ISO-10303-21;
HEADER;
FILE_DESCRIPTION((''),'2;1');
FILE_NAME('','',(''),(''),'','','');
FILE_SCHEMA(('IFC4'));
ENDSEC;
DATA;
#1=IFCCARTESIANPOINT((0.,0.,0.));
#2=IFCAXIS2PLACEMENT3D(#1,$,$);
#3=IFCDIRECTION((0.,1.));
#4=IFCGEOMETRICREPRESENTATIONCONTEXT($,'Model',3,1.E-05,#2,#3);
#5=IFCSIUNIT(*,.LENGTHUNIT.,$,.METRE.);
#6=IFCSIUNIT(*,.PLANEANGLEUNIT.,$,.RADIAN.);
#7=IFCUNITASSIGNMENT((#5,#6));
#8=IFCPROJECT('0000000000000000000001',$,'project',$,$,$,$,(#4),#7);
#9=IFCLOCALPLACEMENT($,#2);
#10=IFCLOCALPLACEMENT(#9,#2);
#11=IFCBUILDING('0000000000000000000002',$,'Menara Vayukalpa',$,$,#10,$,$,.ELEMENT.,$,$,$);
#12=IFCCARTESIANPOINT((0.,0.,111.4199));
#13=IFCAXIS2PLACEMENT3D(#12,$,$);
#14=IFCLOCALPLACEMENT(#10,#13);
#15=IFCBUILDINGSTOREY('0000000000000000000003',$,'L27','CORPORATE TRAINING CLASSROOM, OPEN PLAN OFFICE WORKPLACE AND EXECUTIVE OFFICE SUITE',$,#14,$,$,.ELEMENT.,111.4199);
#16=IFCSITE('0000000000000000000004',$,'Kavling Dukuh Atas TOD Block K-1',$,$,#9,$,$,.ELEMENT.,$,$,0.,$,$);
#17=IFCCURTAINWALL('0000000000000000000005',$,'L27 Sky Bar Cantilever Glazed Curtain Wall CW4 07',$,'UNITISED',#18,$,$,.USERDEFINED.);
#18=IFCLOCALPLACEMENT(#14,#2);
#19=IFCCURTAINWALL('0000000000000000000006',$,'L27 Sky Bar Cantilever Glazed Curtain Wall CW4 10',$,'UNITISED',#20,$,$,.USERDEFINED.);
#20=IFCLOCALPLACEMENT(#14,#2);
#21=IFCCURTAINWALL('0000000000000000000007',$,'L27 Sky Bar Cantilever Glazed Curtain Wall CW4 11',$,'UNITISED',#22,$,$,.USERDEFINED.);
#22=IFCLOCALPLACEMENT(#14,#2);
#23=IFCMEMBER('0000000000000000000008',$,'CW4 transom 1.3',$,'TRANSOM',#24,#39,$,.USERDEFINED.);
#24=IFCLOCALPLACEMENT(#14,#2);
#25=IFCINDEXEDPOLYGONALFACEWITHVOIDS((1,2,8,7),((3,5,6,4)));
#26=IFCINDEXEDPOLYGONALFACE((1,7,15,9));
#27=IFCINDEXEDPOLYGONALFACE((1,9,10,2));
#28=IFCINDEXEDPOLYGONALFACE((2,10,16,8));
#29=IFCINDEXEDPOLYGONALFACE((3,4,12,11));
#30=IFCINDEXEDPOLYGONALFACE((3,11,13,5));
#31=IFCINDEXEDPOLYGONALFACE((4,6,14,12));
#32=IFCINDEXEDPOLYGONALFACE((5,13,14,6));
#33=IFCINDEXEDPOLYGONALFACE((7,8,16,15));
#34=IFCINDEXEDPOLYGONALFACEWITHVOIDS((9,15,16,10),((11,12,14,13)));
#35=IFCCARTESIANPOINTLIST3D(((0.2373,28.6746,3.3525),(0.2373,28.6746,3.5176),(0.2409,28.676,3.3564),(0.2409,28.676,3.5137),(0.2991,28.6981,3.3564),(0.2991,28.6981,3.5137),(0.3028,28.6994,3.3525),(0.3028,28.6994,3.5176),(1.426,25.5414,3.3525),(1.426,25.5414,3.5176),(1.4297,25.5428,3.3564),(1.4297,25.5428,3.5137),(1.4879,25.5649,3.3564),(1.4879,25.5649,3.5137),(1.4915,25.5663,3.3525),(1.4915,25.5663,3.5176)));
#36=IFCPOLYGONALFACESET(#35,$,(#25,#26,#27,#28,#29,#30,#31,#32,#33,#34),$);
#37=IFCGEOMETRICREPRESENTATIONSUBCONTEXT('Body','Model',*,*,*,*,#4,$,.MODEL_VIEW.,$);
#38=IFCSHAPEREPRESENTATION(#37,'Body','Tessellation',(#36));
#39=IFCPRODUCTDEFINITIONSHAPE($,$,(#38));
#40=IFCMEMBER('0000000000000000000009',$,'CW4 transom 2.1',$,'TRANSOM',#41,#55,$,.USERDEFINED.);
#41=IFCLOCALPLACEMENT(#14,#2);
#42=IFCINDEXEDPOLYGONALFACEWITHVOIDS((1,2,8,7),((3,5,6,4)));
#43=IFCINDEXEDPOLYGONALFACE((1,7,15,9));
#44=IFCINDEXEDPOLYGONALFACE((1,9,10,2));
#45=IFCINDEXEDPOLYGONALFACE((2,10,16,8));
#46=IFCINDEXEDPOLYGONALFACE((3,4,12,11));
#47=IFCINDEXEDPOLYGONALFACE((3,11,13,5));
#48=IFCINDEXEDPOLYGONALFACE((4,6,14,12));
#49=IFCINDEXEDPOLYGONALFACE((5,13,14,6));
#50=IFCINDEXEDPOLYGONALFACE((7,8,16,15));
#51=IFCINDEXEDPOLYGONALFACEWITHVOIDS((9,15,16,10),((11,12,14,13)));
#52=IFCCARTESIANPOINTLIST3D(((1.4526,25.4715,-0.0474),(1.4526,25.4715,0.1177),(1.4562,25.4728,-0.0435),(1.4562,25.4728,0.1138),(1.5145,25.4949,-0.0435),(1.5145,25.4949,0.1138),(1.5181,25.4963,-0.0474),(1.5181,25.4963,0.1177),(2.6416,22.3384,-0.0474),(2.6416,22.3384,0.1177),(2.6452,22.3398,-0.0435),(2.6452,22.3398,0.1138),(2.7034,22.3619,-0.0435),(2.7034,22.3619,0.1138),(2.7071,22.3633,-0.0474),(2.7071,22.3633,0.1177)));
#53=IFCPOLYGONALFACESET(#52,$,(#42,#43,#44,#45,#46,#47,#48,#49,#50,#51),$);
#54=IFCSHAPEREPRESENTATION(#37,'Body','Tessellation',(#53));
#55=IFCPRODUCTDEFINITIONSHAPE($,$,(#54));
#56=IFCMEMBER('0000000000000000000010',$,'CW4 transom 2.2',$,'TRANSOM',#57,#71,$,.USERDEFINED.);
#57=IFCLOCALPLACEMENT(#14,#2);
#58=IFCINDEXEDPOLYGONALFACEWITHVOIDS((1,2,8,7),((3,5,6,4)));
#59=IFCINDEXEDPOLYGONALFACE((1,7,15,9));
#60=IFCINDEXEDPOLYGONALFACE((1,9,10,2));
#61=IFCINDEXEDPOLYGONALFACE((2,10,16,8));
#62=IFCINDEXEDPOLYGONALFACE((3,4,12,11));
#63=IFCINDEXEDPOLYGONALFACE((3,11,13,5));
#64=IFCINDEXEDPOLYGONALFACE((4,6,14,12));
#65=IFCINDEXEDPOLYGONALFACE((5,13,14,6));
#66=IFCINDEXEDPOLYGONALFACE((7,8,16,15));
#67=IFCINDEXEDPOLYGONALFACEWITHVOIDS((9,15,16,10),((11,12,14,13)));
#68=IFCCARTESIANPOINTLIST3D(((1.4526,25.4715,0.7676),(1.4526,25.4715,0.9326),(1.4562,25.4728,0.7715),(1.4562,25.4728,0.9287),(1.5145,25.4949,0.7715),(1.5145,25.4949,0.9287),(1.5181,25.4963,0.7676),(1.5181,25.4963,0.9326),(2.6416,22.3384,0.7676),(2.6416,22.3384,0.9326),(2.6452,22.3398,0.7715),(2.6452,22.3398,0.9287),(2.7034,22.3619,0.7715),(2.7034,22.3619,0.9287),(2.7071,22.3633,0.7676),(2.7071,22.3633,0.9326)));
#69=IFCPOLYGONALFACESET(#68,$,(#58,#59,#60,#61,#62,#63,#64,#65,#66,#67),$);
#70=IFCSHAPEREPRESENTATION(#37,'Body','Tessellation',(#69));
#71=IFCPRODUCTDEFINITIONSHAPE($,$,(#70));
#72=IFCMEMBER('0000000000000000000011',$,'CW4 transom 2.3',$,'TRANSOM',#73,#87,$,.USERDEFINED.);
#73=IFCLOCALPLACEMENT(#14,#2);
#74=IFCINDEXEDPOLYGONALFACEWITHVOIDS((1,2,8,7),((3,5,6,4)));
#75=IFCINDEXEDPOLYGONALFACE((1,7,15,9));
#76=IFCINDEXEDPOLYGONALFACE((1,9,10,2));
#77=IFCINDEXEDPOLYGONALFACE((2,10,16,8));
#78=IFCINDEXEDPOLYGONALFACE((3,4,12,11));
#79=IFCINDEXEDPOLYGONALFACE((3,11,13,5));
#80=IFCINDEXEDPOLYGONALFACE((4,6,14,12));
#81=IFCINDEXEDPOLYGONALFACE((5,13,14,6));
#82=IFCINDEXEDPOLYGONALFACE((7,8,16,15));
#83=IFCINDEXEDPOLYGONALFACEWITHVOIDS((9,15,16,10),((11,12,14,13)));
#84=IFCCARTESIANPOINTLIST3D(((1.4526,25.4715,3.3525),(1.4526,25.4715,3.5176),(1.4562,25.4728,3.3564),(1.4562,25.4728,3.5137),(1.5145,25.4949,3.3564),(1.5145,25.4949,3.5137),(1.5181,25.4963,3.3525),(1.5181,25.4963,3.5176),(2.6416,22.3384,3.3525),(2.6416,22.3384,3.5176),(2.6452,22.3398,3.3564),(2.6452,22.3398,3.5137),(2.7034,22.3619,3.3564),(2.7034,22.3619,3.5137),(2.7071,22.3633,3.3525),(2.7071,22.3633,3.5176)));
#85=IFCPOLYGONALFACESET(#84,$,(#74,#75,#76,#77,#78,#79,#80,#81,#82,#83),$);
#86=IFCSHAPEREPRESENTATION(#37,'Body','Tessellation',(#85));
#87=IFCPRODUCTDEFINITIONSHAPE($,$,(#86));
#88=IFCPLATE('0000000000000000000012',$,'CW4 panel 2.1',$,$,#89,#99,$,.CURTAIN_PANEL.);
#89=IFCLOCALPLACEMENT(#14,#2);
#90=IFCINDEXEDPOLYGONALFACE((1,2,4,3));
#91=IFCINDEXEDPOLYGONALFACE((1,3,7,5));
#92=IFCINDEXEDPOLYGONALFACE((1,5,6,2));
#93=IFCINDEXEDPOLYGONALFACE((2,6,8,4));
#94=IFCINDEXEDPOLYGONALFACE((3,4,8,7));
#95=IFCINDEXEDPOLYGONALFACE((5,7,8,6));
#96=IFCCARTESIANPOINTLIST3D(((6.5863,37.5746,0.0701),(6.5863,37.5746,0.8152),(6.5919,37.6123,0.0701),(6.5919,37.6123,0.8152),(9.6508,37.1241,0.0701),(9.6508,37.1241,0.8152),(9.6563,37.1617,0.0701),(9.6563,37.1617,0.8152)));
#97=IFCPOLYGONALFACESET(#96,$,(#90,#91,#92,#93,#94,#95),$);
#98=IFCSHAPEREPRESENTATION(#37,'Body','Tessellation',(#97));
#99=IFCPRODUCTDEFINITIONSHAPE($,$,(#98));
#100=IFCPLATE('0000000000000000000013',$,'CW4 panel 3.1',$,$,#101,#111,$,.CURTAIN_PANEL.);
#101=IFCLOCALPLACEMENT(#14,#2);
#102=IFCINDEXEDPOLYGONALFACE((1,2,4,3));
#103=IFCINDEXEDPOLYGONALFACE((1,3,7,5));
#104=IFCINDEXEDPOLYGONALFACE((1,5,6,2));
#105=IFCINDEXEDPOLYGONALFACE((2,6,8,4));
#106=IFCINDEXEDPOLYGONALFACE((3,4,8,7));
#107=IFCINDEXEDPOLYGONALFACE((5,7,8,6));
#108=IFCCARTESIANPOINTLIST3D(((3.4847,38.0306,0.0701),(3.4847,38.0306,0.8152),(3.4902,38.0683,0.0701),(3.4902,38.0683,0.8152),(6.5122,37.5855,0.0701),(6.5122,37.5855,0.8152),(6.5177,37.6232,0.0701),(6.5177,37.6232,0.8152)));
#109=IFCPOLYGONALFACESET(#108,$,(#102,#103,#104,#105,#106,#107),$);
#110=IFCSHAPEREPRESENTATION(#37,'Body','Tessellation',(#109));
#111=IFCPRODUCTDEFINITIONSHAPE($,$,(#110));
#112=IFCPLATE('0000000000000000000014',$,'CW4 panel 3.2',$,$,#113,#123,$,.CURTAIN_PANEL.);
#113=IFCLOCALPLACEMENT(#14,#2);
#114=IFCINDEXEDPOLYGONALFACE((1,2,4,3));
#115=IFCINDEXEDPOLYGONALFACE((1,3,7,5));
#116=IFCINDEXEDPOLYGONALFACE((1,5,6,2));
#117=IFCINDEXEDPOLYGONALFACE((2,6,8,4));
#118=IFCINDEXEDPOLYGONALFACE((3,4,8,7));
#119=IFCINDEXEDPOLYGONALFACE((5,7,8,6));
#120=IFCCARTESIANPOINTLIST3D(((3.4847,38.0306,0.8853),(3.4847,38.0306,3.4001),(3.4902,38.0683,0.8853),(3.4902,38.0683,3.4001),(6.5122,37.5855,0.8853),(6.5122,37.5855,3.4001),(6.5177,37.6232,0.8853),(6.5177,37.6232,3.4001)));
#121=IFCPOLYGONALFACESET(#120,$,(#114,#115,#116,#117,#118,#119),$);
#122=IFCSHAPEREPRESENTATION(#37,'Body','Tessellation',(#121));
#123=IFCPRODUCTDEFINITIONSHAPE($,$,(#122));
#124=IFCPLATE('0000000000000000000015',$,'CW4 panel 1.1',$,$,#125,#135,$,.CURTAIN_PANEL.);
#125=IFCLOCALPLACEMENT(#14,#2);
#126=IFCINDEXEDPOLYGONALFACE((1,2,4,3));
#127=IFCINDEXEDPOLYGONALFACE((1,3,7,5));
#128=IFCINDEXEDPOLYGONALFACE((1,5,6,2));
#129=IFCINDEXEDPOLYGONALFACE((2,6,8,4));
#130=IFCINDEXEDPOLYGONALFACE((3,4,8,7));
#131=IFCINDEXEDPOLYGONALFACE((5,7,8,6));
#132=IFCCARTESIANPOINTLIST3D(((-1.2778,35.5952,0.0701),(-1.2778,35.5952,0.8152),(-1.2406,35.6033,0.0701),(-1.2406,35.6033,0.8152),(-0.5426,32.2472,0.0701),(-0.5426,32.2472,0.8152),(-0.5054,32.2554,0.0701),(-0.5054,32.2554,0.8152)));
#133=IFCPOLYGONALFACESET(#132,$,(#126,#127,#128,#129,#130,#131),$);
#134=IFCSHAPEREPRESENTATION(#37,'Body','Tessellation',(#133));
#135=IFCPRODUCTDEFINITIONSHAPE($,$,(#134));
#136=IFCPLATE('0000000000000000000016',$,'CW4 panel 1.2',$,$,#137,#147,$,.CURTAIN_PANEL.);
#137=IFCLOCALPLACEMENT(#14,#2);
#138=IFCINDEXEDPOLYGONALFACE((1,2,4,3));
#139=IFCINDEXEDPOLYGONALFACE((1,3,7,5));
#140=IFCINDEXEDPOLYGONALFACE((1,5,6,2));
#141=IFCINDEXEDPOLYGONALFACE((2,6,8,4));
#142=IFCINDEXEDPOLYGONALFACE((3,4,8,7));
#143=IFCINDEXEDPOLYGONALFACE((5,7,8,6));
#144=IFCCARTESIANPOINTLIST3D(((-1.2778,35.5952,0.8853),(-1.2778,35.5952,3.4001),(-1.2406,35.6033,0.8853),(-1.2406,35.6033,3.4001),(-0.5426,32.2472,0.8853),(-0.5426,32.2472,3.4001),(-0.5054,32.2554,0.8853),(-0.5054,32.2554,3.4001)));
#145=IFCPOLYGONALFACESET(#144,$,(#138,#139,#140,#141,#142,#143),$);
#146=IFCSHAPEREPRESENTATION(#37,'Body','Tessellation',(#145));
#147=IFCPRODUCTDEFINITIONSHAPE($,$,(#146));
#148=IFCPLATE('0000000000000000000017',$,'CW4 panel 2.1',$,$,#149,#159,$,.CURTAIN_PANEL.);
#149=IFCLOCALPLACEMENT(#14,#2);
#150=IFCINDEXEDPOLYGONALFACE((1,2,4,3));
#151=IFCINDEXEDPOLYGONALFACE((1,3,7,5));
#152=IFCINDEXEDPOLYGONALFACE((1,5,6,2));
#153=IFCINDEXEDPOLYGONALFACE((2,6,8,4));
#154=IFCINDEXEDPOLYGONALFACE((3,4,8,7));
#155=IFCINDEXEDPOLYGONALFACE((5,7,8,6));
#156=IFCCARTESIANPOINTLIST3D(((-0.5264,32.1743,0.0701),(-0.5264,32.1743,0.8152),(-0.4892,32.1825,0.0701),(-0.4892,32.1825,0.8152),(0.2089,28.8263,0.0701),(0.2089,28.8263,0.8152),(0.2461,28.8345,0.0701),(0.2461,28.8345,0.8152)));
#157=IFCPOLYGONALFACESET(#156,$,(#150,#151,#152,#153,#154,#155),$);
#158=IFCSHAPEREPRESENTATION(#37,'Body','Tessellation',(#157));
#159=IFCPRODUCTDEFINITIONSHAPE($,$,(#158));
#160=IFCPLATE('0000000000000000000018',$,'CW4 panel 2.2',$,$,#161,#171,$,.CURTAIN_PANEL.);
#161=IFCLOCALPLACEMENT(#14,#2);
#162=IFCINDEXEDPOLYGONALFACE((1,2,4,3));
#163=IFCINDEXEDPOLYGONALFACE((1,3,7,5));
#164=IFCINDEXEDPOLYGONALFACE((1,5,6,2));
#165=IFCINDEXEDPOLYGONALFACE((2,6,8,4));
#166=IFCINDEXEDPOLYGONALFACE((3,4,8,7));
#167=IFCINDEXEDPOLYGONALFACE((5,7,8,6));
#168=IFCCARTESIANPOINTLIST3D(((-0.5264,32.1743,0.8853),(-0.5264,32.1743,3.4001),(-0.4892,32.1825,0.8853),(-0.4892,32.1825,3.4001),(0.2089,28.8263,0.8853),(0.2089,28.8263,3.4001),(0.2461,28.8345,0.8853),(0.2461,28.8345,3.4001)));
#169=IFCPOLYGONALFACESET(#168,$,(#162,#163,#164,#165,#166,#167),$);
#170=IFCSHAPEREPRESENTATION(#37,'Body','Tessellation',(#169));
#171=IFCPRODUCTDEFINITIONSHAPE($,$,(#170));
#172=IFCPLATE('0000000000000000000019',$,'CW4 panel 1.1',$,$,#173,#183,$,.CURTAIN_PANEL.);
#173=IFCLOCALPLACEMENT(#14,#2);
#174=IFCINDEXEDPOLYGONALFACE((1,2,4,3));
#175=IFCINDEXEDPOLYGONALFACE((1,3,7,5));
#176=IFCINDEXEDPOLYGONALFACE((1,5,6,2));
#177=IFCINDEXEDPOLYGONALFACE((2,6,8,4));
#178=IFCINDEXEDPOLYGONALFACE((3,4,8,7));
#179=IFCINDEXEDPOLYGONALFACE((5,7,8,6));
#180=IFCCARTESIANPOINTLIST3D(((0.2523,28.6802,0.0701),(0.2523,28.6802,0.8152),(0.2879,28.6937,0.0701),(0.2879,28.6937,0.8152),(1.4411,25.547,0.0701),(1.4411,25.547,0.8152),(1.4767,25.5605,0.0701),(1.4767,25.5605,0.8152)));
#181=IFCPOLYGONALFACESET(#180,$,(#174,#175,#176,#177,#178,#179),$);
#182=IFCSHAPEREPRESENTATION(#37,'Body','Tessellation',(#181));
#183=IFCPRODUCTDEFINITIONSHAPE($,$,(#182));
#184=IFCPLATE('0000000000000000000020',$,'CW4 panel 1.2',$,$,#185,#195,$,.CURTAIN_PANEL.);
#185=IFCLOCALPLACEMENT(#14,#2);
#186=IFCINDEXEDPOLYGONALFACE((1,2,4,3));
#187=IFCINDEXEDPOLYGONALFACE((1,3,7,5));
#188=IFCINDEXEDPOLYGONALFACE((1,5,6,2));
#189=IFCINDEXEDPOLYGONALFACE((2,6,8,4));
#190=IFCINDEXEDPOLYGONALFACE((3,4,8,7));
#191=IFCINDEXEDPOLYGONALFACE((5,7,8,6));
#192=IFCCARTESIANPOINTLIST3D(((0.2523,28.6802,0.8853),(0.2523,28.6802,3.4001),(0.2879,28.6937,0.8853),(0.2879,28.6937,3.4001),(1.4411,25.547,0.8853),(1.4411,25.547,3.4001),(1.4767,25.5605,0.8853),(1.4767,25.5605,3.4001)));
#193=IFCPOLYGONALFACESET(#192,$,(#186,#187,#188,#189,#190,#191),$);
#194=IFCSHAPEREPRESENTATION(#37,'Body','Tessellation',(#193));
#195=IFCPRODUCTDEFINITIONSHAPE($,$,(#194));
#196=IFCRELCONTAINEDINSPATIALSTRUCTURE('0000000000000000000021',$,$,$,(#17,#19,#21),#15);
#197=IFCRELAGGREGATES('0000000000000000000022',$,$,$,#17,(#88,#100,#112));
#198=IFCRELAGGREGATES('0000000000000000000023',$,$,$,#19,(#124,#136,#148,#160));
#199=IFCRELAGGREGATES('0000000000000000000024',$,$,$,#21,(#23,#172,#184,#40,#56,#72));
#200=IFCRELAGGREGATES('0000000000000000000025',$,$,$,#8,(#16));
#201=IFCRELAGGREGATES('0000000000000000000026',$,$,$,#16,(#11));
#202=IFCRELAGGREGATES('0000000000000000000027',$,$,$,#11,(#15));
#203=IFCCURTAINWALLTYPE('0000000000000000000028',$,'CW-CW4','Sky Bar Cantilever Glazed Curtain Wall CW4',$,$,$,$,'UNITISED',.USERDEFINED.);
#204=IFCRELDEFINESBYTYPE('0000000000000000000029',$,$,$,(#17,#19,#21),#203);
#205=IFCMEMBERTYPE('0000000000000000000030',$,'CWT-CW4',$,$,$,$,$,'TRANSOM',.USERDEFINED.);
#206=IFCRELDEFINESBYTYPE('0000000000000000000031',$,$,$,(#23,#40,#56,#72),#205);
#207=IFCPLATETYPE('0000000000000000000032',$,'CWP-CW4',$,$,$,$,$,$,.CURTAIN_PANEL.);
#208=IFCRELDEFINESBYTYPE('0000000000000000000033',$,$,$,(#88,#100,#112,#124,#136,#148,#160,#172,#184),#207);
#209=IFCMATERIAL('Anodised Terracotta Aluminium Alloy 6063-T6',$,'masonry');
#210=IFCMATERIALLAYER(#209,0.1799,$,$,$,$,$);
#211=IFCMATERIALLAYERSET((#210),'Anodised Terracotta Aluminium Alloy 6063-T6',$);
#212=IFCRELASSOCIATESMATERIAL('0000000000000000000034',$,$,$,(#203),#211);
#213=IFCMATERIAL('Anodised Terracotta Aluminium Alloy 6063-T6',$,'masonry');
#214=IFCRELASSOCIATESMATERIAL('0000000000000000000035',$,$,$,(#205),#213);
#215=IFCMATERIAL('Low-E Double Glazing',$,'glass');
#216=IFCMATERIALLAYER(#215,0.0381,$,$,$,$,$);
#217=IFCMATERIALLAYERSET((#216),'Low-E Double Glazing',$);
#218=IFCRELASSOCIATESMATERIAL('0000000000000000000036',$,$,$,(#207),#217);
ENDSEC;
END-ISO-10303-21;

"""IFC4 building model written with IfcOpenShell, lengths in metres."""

from ifc_helpers import new_model, si_unit, direction, frame, origin, origin_2d, place, context, subcontext, project, spatial, rectangle, hollow_rectangle, extrude, material, layer, layer_set, material_profile, profile_set, type_object, element, aggregate, save


model = new_model("IFC4")

# Units and contexts
model_context = context("Model", 3, precision=1e-05, world=origin(), true_north=direction((0.0, 1.0)))
body_context = subcontext(model_context, "Body", "Model", "MODEL_VIEW")
ifc_project = project(units=[si_unit("LENGTHUNIT", "METRE"), si_unit("PLANEANGLEUNIT", "RADIAN")], contexts=[model_context])

# Site, building, storey
site_placement = place(None, origin())
site = spatial("IfcSite", under=ifc_project, at=site_placement, Name="Kavling Dukuh Atas TOD Block K-1", CompositionType="ELEMENT", RefElevation=0.0)
building_placement = place(site_placement, origin())
building = spatial("IfcBuilding", under=site, at=building_placement, Name="Menara Vayukalpa", CompositionType="ELEMENT")
storey_placement = place(building_placement, frame((0.0, 0.0, 111.4199)))
storey = spatial("IfcBuildingStorey", under=building, at=storey_placement, Name="L27", Description="CORPORATE TRAINING CLASSROOM, OPEN PLAN OFFICE WORKPLACE AND EXECUTIVE OFFICE SUITE", CompositionType="ELEMENT", Elevation=111.4199)

# Curtain walls
ifc_material_1 = material(Name="Anodised Terracotta Aluminium Alloy 6063-T6", Category="masonry")
ifc_layer_1 = layer(ifc_material_1, 0.1799)
ifc_layer_set_1 = layer_set([ifc_layer_1], Name="Anodised Terracotta Aluminium Alloy 6063-T6")
curtain_wall_type = type_object("IfcCurtainWallType", Name="CW-CW4", Description="Sky Bar Cantilever Glazed Curtain Wall CW4", ElementType="UNITISED", PredefinedType="USERDEFINED", material=ifc_layer_set_1)
curtain_wall_1_placement = place(storey_placement, origin())
curtain_wall_1 = element("IfcCurtainWall", 1, at=curtain_wall_1_placement, inside=storey, type_object=curtain_wall_type, Name="L27 Sky Bar Cantilever Glazed Curtain Wall CW4 07", ObjectType="UNITISED", PredefinedType="USERDEFINED")
curtain_wall_2_placement = place(storey_placement, origin())
curtain_wall_2 = element("IfcCurtainWall", 2, at=curtain_wall_2_placement, inside=storey, type_object=curtain_wall_type, Name="L27 Sky Bar Cantilever Glazed Curtain Wall CW4 10", ObjectType="UNITISED", PredefinedType="USERDEFINED")
curtain_wall_3_placement = place(storey_placement, origin())
curtain_wall_3 = element("IfcCurtainWall", 3, at=curtain_wall_3_placement, inside=storey, type_object=curtain_wall_type, Name="L27 Sky Bar Cantilever Glazed Curtain Wall CW4 11", ObjectType="UNITISED", PredefinedType="USERDEFINED")

# Members
ifc_material_2 = material(Name="Anodised Terracotta Aluminium Alloy 6063-T6", Category="masonry")
ifc_material_profile_1 = material_profile(ifc_material_2, hollow_rectangle(XDim=0.0701, YDim=0.165, WallThickness=0.0039, at=origin_2d()), Name="ALU 70x165x4")
ifc_profile_set_1 = profile_set([ifc_material_profile_1], Name="Anodised Terracotta Aluminium Alloy 6063-T6")
member_type_1 = type_object("IfcMemberType", Name="CWT-CW4", ElementType="TRANSOM", PredefinedType="USERDEFINED", material=ifc_profile_set_1)
member_1_placement = place(storey_placement, frame((0.27, 28.687, 3.4351), z_axis=(0.354738, -0.934966, 0.0), x_axis=(0.934966, 0.354738, 0.0)))
member_1 = element("IfcMember", 4, at=member_1_placement, type_object=member_type_1, Name="CW4 transom 1.3", ObjectType="TRANSOM", PredefinedType="USERDEFINED", context=body_context, shape_type="SweptSolid", body=[
    extrude(hollow_rectangle(XDim=0.0701, YDim=0.165, WallThickness=0.0039, at=origin_2d()), origin(), (0.0, 0.0, 1.0), 3.3511),
])
member_2_placement = place(storey_placement, frame((1.4854, 25.4839, 0.0352), z_axis=(0.354801, -0.934942, 0.0), x_axis=(0.934942, 0.354801, 0.0)))
member_2 = element("IfcMember", 5, at=member_2_placement, type_object=member_type_1, Name="CW4 transom 2.1", ObjectType="TRANSOM", PredefinedType="USERDEFINED", context=body_context, shape_type="SweptSolid", body=[
    extrude(hollow_rectangle(XDim=0.0701, YDim=0.165, WallThickness=0.0039, at=origin_2d()), origin(), (0.0, 0.0, 1.0), 3.3511),
])
member_3_placement = place(storey_placement, frame((1.4854, 25.4839, 0.8501), z_axis=(0.354801, -0.934942, 0.0), x_axis=(0.934942, 0.354801, 0.0)))
member_3 = element("IfcMember", 6, at=member_3_placement, type_object=member_type_1, Name="CW4 transom 2.2", ObjectType="TRANSOM", PredefinedType="USERDEFINED", context=body_context, shape_type="SweptSolid", body=[
    extrude(hollow_rectangle(XDim=0.0701, YDim=0.165, WallThickness=0.0039, at=origin_2d()), origin(), (0.0, 0.0, 1.0), 3.3511),
])
member_4_placement = place(storey_placement, frame((1.4854, 25.4839, 3.4351), z_axis=(0.354801, -0.934942, 0.0), x_axis=(0.934942, 0.354801, 0.0)))
member_4 = element("IfcMember", 7, at=member_4_placement, type_object=member_type_1, Name="CW4 transom 2.3", ObjectType="TRANSOM", PredefinedType="USERDEFINED", context=body_context, shape_type="SweptSolid", body=[
    extrude(hollow_rectangle(XDim=0.0701, YDim=0.165, WallThickness=0.0039, at=origin_2d()), origin(), (0.0, 0.0, 1.0), 3.3511),
])

# Plates
ifc_material_3 = material(Name="Low-E Double Glazing", Category="glass")
ifc_layer_2 = layer(ifc_material_3, 0.0381)
ifc_layer_set_2 = layer_set([ifc_layer_2], Name="Low-E Double Glazing")
plate_type_1 = type_object("IfcPlateType", Name="CWP-CW4", PredefinedType="CURTAIN_PANEL", material=ifc_layer_set_2)
plate_1_placement = place(storey_placement, frame((8.1213, 37.3682, 0.0701), z_axis=(0.0, 0.0, 1.0), x_axis=(-0.989365, 0.145451, 0.0)))
plate_1 = element("IfcPlate", 8, at=plate_1_placement, type_object=plate_type_1, Name="CW4 panel 2.1", PredefinedType="CURTAIN_PANEL", context=body_context, shape_type="SweptSolid", body=[
    extrude(rectangle(XDim=3.0974, YDim=0.0381, at=origin_2d()), origin(), (0.0, 0.0, 1.0), 0.7451),
])
plate_2_placement = place(storey_placement, frame((5.0012, 37.8269, 0.0701), z_axis=(0.0, 0.0, 1.0), x_axis=(-0.989365, 0.145451, 0.0)))
plate_2 = element("IfcPlate", 9, at=plate_2_placement, type_object=plate_type_1, Name="CW4 panel 3.1", PredefinedType="CURTAIN_PANEL", context=body_context, shape_type="SweptSolid", body=[
    extrude(rectangle(XDim=3.0601, YDim=0.0381, at=origin_2d()), origin(), (0.0, 0.0, 1.0), 0.7451),
])
plate_3_placement = place(storey_placement, frame((5.0012, 37.8269, 0.8853), z_axis=(0.0, 0.0, 1.0), x_axis=(-0.989365, 0.145451, 0.0)))
plate_3 = element("IfcPlate", 10, at=plate_3_placement, type_object=plate_type_1, Name="CW4 panel 3.2", PredefinedType="CURTAIN_PANEL", context=body_context, shape_type="SweptSolid", body=[
    extrude(rectangle(XDim=3.0601, YDim=0.0381, at=origin_2d()), origin(), (0.0, 0.0, 1.0), 2.5149),
])
aggregate(curtain_wall_1, [plate_1, plate_2, plate_3])
plate_4_placement = place(storey_placement, frame((-0.8916, 33.9253, 0.0701), z_axis=(0.0, 0.0, 1.0), x_axis=(0.21451, -0.976722, 0.0)))
plate_4 = element("IfcPlate", 11, at=plate_4_placement, type_object=plate_type_1, Name="CW4 panel 1.1", PredefinedType="CURTAIN_PANEL", context=body_context, shape_type="SweptSolid", body=[
    extrude(rectangle(XDim=3.4277, YDim=0.0381, at=origin_2d()), origin(), (0.0, 0.0, 1.0), 0.7451),
])
plate_5_placement = place(storey_placement, frame((-0.8916, 33.9253, 0.8853), z_axis=(0.0, 0.0, 1.0), x_axis=(0.21451, -0.976722, 0.0)))
plate_5 = element("IfcPlate", 12, at=plate_5_placement, type_object=plate_type_1, Name="CW4 panel 1.2", PredefinedType="CURTAIN_PANEL", context=body_context, shape_type="SweptSolid", body=[
    extrude(rectangle(XDim=3.4277, YDim=0.0381, at=origin_2d()), origin(), (0.0, 0.0, 1.0), 2.5149),
])
plate_6_placement = place(storey_placement, frame((-0.1401, 30.5044, 0.0701), z_axis=(0.0, 0.0, 1.0), x_axis=(0.21451, -0.976722, 0.0)))
plate_6 = element("IfcPlate", 13, at=plate_6_placement, type_object=plate_type_1, Name="CW4 panel 2.1", PredefinedType="CURTAIN_PANEL", context=body_context, shape_type="SweptSolid", body=[
    extrude(rectangle(XDim=3.4277, YDim=0.0381, at=origin_2d()), origin(), (0.0, 0.0, 1.0), 0.7451),
])
plate_7_placement = place(storey_placement, frame((-0.1401, 30.5044, 0.8853), z_axis=(0.0, 0.0, 1.0), x_axis=(0.21451, -0.976722, 0.0)))
plate_7 = element("IfcPlate", 14, at=plate_7_placement, type_object=plate_type_1, Name="CW4 panel 2.2", PredefinedType="CURTAIN_PANEL", context=body_context, shape_type="SweptSolid", body=[
    extrude(rectangle(XDim=3.4277, YDim=0.0381, at=origin_2d()), origin(), (0.0, 0.0, 1.0), 2.5149),
])
aggregate(curtain_wall_2, [plate_4, plate_5, plate_6, plate_7])
plate_8_placement = place(storey_placement, frame((0.8645, 27.1204, 0.0701), z_axis=(0.0, 0.0, 1.0), x_axis=(0.354742, -0.934964, 0.0)))
plate_8 = element("IfcPlate", 15, at=plate_8_placement, type_object=plate_type_1, Name="CW4 panel 1.1", PredefinedType="CURTAIN_PANEL", context=body_context, shape_type="SweptSolid", body=[
    extrude(rectangle(XDim=3.3511, YDim=0.0381, at=origin_2d()), origin(), (0.0, 0.0, 1.0), 0.7451),
])
plate_9_placement = place(storey_placement, frame((0.8645, 27.1204, 0.8853), z_axis=(0.0, 0.0, 1.0), x_axis=(0.354742, -0.934964, 0.0)))
plate_9 = element("IfcPlate", 16, at=plate_9_placement, type_object=plate_type_1, Name="CW4 panel 1.2", PredefinedType="CURTAIN_PANEL", context=body_context, shape_type="SweptSolid", body=[
    extrude(rectangle(XDim=3.3511, YDim=0.0381, at=origin_2d()), origin(), (0.0, 0.0, 1.0), 2.5149),
])
aggregate(curtain_wall_3, [member_1, plate_8, plate_9, member_2, member_3, member_4])

save(model, "model.ifc")
